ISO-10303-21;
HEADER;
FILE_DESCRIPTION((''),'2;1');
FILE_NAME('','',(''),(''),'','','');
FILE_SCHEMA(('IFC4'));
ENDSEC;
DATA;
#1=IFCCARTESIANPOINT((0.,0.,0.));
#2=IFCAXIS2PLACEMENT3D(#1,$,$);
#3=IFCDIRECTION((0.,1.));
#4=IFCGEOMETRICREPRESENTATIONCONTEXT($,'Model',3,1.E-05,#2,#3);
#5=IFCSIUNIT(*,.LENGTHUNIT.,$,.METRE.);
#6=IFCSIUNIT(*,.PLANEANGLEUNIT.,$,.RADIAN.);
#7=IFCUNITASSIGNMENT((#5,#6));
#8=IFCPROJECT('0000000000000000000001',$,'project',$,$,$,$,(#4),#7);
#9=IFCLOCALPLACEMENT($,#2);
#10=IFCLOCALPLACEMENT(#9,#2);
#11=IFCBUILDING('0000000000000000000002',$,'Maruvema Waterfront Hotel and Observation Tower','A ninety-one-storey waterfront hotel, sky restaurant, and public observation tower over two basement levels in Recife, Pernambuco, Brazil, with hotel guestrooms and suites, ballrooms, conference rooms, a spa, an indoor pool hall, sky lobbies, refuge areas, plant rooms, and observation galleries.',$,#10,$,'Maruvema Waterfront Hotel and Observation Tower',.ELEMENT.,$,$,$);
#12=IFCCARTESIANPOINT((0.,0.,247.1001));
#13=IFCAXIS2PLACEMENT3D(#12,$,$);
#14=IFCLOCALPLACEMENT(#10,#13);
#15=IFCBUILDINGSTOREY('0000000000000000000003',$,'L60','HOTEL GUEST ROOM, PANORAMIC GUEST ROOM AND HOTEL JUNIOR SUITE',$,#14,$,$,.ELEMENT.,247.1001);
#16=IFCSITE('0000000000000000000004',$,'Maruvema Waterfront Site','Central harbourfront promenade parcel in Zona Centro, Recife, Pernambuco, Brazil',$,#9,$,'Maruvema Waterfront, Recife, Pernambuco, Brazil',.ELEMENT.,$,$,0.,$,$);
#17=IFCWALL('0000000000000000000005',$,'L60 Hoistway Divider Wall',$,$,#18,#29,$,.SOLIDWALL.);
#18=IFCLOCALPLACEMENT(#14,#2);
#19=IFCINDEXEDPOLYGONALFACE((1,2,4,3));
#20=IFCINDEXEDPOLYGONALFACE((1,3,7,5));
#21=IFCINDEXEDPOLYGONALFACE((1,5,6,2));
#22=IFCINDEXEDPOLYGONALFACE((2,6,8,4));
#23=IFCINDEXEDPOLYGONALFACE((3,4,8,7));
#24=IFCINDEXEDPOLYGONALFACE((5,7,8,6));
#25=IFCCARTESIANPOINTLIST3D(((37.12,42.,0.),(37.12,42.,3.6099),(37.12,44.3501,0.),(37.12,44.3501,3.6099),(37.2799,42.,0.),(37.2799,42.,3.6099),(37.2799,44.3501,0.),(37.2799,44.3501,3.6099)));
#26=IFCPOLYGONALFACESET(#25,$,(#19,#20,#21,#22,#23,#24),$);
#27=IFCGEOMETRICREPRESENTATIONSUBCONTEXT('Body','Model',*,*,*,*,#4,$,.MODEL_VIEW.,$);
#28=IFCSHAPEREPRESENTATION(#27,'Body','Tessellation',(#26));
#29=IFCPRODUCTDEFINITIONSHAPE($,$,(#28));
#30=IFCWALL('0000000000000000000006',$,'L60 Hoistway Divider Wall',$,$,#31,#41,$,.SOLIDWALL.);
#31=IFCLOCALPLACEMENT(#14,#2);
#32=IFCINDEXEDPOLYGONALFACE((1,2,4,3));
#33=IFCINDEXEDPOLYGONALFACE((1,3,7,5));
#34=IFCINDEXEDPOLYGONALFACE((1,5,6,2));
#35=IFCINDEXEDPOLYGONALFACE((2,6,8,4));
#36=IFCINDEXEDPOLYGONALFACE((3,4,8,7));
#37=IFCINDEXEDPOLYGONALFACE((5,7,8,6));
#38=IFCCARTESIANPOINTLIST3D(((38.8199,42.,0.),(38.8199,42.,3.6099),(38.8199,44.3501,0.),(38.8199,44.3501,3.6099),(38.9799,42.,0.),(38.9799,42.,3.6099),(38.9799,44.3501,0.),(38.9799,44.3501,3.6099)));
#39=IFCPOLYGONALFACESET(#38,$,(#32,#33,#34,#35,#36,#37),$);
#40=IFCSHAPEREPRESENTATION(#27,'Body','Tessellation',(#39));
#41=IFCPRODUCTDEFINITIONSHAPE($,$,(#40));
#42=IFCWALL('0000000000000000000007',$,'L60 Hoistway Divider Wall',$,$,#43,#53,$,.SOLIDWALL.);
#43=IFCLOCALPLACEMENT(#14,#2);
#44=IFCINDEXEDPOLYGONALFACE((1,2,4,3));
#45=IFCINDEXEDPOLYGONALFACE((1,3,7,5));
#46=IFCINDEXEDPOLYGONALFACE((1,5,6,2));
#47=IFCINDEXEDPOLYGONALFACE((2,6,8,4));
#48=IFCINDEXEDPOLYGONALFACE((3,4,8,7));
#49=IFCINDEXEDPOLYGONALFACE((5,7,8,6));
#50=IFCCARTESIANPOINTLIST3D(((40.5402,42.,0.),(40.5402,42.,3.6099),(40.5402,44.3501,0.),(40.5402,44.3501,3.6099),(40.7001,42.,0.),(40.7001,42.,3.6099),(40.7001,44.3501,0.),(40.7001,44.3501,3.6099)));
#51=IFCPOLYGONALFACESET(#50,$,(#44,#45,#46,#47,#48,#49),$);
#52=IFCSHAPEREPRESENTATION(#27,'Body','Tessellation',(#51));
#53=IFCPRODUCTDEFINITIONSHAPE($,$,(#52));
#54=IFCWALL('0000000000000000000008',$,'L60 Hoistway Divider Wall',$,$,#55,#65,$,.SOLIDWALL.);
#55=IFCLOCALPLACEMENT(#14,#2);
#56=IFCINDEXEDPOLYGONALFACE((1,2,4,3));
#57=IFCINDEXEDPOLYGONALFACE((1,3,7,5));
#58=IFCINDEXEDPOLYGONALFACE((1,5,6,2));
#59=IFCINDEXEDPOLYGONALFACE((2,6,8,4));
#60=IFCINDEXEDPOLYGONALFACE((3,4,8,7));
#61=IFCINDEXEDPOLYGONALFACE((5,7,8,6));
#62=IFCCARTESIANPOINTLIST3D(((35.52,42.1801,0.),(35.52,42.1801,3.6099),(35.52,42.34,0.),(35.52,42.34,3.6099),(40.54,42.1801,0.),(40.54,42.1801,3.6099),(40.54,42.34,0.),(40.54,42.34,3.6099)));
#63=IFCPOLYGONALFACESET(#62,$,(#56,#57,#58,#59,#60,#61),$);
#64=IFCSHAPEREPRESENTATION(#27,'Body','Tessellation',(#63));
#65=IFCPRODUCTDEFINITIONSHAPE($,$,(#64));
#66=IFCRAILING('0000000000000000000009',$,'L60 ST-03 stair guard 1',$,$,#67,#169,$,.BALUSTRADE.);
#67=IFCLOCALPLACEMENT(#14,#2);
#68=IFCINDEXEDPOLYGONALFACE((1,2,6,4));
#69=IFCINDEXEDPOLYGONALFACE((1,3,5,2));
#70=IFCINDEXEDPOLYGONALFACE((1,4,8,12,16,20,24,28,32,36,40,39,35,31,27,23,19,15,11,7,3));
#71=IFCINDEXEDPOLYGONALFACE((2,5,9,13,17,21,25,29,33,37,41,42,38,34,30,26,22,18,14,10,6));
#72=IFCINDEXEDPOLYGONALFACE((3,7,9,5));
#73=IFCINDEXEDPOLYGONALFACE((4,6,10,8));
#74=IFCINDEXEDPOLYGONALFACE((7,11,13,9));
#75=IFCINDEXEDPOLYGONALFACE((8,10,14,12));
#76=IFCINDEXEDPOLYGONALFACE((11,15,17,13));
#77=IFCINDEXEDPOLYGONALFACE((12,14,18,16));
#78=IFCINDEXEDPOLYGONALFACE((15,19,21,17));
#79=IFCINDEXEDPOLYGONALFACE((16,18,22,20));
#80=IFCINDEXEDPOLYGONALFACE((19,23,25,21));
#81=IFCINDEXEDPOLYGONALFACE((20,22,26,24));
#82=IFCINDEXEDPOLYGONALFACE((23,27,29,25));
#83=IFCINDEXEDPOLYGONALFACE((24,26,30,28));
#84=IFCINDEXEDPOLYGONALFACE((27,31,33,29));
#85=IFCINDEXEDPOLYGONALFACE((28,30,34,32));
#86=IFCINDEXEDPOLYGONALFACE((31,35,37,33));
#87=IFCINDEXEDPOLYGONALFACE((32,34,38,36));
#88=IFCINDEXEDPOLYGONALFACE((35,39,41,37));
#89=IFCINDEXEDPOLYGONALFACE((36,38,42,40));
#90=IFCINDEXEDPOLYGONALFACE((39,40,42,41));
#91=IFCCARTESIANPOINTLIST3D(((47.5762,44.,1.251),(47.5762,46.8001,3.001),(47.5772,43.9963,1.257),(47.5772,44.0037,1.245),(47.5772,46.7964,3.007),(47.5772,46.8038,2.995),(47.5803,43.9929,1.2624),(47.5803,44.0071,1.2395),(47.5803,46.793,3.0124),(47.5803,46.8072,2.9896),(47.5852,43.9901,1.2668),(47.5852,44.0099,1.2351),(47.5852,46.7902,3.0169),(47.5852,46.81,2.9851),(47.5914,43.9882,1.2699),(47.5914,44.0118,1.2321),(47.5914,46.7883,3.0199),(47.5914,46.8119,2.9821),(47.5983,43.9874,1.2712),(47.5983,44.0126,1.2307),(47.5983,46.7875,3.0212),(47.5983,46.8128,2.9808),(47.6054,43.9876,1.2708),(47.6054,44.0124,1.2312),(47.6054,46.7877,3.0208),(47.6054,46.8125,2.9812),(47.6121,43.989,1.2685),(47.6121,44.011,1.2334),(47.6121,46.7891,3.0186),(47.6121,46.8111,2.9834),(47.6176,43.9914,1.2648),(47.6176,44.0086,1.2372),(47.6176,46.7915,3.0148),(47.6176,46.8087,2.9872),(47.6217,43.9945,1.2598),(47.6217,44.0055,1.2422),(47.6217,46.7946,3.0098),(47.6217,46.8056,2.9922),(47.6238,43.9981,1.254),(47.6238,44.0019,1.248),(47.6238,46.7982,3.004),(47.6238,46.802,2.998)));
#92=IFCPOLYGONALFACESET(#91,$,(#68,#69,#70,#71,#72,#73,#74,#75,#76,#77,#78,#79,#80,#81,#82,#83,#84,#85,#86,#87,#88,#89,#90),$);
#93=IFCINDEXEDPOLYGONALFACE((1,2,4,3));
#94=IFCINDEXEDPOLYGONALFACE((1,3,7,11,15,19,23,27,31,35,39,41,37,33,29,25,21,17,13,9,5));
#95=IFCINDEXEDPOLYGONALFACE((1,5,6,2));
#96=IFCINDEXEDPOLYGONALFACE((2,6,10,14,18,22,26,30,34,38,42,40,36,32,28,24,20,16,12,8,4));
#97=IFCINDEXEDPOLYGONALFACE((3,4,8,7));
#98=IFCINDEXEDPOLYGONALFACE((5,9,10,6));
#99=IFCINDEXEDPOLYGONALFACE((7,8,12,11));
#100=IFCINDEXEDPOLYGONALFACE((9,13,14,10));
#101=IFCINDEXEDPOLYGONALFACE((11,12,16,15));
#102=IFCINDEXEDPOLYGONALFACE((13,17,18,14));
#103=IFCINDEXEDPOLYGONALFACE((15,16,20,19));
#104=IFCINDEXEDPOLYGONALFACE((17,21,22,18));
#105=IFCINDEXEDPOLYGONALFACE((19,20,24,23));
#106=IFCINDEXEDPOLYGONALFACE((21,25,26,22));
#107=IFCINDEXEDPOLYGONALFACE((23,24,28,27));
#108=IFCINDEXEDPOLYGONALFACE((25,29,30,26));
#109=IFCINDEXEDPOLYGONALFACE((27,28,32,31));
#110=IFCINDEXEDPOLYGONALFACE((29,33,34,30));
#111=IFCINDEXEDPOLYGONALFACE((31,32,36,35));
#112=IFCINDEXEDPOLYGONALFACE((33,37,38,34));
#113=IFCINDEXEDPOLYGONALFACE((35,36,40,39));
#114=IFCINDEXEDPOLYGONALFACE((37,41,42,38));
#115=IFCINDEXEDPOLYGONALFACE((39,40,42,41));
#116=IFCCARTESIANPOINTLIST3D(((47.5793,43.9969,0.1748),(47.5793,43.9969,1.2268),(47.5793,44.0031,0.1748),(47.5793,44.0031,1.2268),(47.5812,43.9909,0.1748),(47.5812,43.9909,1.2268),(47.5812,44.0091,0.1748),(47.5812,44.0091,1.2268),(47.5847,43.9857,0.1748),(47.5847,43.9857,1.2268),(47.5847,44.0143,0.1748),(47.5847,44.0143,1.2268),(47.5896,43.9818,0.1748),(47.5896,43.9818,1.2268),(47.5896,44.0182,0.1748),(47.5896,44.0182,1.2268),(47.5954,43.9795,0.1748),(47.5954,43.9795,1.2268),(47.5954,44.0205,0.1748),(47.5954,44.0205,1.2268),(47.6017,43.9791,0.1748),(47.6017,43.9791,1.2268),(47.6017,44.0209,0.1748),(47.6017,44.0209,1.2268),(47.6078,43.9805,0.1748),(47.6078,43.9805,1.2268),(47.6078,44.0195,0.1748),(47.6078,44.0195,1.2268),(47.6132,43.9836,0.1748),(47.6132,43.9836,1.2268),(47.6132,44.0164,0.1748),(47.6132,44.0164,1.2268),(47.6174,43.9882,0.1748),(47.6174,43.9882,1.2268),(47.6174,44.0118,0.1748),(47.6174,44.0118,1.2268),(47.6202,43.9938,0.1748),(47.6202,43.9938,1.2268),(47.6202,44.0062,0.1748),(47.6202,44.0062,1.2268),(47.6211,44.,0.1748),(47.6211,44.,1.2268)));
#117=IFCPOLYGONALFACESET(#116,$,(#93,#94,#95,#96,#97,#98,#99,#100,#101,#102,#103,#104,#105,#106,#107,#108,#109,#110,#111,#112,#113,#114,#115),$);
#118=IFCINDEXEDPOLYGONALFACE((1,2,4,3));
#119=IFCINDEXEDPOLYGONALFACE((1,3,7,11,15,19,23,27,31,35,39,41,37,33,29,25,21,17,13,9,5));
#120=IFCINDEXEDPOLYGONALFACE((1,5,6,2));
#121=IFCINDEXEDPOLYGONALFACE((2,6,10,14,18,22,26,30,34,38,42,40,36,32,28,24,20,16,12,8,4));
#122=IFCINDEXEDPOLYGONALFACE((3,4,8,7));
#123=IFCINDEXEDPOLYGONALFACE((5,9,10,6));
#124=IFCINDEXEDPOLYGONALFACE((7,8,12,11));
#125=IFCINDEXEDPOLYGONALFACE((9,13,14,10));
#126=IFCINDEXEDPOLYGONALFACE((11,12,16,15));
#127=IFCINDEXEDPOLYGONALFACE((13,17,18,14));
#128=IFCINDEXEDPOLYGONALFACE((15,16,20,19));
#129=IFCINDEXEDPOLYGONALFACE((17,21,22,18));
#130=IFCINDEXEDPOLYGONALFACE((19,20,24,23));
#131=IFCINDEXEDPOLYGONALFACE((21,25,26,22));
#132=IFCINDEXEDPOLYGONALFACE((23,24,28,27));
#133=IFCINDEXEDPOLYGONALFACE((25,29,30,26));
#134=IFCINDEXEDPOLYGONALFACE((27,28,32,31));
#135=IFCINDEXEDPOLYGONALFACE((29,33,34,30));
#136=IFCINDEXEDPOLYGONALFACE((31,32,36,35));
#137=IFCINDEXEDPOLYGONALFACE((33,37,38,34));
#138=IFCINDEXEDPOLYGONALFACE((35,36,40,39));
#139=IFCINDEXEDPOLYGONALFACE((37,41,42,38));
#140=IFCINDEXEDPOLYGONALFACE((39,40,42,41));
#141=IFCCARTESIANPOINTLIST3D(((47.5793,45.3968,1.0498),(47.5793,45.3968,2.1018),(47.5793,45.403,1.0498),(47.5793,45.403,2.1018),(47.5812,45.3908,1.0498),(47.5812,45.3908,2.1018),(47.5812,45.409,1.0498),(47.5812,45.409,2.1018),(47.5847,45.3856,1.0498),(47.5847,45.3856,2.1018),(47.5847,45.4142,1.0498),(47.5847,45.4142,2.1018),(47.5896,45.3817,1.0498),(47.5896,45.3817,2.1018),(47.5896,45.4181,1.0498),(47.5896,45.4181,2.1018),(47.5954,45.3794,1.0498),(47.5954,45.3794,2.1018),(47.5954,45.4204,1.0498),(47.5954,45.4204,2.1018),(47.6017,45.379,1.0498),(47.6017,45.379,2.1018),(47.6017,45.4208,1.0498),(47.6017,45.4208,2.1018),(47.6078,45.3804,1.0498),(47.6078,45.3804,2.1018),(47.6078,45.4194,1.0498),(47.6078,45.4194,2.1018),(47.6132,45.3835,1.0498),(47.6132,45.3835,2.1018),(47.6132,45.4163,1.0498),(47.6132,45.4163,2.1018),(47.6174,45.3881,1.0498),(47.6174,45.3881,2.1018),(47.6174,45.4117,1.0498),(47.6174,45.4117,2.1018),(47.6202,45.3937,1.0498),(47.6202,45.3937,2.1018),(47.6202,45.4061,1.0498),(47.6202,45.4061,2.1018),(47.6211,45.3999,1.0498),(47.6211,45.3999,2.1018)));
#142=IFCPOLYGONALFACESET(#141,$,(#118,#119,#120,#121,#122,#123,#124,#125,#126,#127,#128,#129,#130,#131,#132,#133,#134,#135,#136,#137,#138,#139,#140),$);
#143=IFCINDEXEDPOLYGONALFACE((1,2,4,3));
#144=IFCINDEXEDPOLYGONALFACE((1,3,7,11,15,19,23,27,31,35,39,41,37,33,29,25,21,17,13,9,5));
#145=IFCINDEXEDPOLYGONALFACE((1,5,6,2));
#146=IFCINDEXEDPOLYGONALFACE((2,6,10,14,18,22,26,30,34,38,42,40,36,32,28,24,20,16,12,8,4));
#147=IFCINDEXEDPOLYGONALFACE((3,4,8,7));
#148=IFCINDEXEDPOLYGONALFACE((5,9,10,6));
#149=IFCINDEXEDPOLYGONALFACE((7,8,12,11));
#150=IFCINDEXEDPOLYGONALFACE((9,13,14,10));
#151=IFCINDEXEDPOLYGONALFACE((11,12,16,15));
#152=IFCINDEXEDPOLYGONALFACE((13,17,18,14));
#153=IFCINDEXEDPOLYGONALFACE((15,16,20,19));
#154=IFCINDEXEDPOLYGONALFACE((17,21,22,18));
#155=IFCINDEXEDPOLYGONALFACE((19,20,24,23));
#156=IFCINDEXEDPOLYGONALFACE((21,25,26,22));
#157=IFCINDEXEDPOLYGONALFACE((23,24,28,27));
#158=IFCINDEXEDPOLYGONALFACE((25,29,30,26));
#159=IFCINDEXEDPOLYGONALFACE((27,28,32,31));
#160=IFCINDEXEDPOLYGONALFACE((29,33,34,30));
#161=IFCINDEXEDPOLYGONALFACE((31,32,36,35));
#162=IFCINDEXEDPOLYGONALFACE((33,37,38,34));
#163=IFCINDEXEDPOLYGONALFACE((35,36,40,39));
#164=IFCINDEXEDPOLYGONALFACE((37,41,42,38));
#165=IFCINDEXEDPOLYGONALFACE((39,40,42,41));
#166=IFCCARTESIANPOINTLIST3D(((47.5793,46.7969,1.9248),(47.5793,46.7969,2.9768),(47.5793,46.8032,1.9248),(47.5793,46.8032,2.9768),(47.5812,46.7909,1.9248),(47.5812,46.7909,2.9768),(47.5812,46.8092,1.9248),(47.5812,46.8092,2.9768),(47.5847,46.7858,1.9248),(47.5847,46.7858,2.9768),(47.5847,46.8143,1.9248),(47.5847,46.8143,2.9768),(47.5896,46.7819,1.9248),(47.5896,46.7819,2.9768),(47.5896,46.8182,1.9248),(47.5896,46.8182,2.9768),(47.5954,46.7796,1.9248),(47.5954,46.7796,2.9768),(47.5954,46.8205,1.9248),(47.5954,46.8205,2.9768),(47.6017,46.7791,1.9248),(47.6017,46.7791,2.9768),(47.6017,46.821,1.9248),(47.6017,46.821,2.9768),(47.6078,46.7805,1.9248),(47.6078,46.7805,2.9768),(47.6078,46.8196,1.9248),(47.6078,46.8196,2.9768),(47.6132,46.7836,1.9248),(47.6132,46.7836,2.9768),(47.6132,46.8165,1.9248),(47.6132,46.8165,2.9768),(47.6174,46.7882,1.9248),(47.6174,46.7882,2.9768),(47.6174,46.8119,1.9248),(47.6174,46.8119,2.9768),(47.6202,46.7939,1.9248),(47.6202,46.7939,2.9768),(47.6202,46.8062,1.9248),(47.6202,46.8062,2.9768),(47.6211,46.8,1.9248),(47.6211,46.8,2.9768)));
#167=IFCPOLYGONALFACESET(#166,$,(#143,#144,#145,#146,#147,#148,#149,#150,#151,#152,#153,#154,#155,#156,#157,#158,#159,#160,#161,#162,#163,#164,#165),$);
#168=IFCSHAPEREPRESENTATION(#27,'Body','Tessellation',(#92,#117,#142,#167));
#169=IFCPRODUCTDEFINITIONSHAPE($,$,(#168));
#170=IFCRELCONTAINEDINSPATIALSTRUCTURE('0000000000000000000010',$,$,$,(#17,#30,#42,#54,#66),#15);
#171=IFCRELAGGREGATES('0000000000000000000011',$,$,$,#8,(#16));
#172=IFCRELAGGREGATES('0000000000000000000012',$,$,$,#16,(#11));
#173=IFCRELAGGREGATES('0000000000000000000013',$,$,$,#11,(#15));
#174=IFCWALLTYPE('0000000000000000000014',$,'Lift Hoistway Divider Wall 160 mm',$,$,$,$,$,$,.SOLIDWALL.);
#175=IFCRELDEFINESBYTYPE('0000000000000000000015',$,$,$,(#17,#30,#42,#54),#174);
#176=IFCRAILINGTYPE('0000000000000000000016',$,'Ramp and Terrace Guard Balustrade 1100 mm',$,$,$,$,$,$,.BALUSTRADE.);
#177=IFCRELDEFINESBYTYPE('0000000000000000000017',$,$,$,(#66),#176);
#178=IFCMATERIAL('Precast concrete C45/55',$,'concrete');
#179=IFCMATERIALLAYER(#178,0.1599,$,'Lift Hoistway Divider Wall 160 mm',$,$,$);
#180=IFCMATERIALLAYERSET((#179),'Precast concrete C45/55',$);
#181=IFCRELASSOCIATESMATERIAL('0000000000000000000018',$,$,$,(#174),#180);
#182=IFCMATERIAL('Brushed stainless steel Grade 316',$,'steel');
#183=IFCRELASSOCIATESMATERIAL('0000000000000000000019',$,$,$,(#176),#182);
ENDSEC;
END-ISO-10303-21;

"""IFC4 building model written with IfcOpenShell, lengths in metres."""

from ifc_helpers import new_model, si_unit, direction, frame, frame_2d, origin, origin_2d, place, context, subcontext, project, spatial, rectangle, circle, extrude, material, layer, layer_set, type_object, element, save


model = new_model("IFC4")

# Units and contexts
model_context = context("Model", 3, precision=1e-05, world=origin(), true_north=direction((0.0, 1.0)))
body_context = subcontext(model_context, "Body", "Model", "MODEL_VIEW")
ifc_project = project(units=[si_unit("LENGTHUNIT", "METRE"), si_unit("PLANEANGLEUNIT", "RADIAN")], contexts=[model_context])

# Site, building, storey
site_placement = place(None, origin())
site = spatial("IfcSite", under=ifc_project, at=site_placement, Name="Maruvema Waterfront Site", Description="Central harbourfront promenade parcel in Zona Centro, Recife, Pernambuco, Brazil", LongName="Maruvema Waterfront, Recife, Pernambuco, Brazil", CompositionType="ELEMENT", RefElevation=0.0)
building_placement = place(site_placement, origin())
building = spatial("IfcBuilding", under=site, at=building_placement, Name="Maruvema Waterfront Hotel and Observation Tower", Description="A ninety-one-storey waterfront hotel, sky restaurant, and public observation tower over two basement levels in Recife, Pernambuco, Brazil, with hotel guestrooms and suites, ballrooms, conference rooms, a spa, an indoor pool hall, sky lobbies, refuge areas, plant rooms, and observation galleries.", LongName="Maruvema Waterfront Hotel and Observation Tower", CompositionType="ELEMENT")
storey_placement = place(building_placement, frame((0.0, 0.0, 247.1001)))
storey = spatial("IfcBuildingStorey", under=building, at=storey_placement, Name="L60", Description="HOTEL GUEST ROOM, PANORAMIC GUEST ROOM AND HOTEL JUNIOR SUITE", CompositionType="ELEMENT", Elevation=247.1001)

# Walls
ifc_material_1 = material(Name="Precast concrete C45/55", Category="concrete")
ifc_layer_1 = layer(ifc_material_1, 0.1599, Name="Lift Hoistway Divider Wall 160 mm")
ifc_layer_set_1 = layer_set([ifc_layer_1], Name="Precast concrete C45/55")
wall_type_1 = type_object("IfcWallType", Name="Lift Hoistway Divider Wall 160 mm", PredefinedType="SOLIDWALL", material=ifc_layer_set_1)
for number, where, z_axis, x_axis, name in (
    (1, (37.2, 42.0, 0.0), (0.0, 0.0, 1.0), (0.0, 1.0, 0.0), "L60 Hoistway Divider Wall"),
    (2, (38.8999, 42.0, 0.0), (0.0, 0.0, 1.0), (0.0, 1.0, 0.0), "L60 Hoistway Divider Wall"),
    (3, (40.6201, 42.0, 0.0), (0.0, 0.0, 1.0), (0.0, 1.0, 0.0), "L60 Hoistway Divider Wall"),
):
    element("IfcWall", number, at=place(storey_placement, frame(where, z_axis=z_axis, x_axis=x_axis)), inside=storey, type_object=wall_type_1, Name=name, PredefinedType="SOLIDWALL", context=body_context, shape_type="SweptSolid", body=[
        extrude(rectangle(XDim=2.3501, YDim=0.1599, at=frame_2d((1.175, 0.0))), origin(), (0.0, 0.0, 1.0), 3.6099),
    ])
wall_1_placement = place(storey_placement, frame((35.52, 42.26, 0.0), z_axis=(0.0, 0.0, 1.0), x_axis=(1.0, 0.0, 0.0)))
element("IfcWall", 4, at=wall_1_placement, inside=storey, type_object=wall_type_1, Name="L60 Hoistway Divider Wall", PredefinedType="SOLIDWALL", context=body_context, shape_type="SweptSolid", body=[
    extrude(rectangle(XDim=5.02, YDim=0.1599, at=frame_2d((2.51, 0.0))), origin(), (0.0, 0.0, 1.0), 3.6099),
])

# Railing
ifc_material_2 = material(Name="Brushed stainless steel Grade 316", Category="steel")
railing_type = type_object("IfcRailingType", Name="Ramp and Terrace Guard Balustrade 1100 mm", PredefinedType="BALUSTRADE", material=ifc_material_2)
railing_1_placement = place(storey_placement, frame((47.6001, 44.0, 0.1748)))
element("IfcRailing", 5, at=railing_1_placement, inside=storey, type_object=railing_type, Name="L60 ST-03 stair guard 1", PredefinedType="BALUSTRADE", context=body_context, shape_type="SweptSolid", body=[
    extrude(circle(Radius=0.0239, at=origin_2d()), frame((0.0, 0.0, 1.0762), z_axis=(0.0, 0.848002, 0.529992), x_axis=(-1.0, 0.0, 0.0)), (0.0, 0.0, 1.0), 3.302),
    extrude(circle(Radius=0.021, at=origin_2d()), origin(), (0.0, 0.0, 1.0), 1.052),
    extrude(circle(Radius=0.021, at=origin_2d()), frame((0.0, 1.3999, 0.875)), (0.0, 0.0, 1.0), 1.052),
    extrude(circle(Radius=0.021, at=origin_2d()), frame((0.0, 2.8, 1.75)), (0.0, 0.0, 1.0), 1.052),
])

save(model, "model.ifc")
